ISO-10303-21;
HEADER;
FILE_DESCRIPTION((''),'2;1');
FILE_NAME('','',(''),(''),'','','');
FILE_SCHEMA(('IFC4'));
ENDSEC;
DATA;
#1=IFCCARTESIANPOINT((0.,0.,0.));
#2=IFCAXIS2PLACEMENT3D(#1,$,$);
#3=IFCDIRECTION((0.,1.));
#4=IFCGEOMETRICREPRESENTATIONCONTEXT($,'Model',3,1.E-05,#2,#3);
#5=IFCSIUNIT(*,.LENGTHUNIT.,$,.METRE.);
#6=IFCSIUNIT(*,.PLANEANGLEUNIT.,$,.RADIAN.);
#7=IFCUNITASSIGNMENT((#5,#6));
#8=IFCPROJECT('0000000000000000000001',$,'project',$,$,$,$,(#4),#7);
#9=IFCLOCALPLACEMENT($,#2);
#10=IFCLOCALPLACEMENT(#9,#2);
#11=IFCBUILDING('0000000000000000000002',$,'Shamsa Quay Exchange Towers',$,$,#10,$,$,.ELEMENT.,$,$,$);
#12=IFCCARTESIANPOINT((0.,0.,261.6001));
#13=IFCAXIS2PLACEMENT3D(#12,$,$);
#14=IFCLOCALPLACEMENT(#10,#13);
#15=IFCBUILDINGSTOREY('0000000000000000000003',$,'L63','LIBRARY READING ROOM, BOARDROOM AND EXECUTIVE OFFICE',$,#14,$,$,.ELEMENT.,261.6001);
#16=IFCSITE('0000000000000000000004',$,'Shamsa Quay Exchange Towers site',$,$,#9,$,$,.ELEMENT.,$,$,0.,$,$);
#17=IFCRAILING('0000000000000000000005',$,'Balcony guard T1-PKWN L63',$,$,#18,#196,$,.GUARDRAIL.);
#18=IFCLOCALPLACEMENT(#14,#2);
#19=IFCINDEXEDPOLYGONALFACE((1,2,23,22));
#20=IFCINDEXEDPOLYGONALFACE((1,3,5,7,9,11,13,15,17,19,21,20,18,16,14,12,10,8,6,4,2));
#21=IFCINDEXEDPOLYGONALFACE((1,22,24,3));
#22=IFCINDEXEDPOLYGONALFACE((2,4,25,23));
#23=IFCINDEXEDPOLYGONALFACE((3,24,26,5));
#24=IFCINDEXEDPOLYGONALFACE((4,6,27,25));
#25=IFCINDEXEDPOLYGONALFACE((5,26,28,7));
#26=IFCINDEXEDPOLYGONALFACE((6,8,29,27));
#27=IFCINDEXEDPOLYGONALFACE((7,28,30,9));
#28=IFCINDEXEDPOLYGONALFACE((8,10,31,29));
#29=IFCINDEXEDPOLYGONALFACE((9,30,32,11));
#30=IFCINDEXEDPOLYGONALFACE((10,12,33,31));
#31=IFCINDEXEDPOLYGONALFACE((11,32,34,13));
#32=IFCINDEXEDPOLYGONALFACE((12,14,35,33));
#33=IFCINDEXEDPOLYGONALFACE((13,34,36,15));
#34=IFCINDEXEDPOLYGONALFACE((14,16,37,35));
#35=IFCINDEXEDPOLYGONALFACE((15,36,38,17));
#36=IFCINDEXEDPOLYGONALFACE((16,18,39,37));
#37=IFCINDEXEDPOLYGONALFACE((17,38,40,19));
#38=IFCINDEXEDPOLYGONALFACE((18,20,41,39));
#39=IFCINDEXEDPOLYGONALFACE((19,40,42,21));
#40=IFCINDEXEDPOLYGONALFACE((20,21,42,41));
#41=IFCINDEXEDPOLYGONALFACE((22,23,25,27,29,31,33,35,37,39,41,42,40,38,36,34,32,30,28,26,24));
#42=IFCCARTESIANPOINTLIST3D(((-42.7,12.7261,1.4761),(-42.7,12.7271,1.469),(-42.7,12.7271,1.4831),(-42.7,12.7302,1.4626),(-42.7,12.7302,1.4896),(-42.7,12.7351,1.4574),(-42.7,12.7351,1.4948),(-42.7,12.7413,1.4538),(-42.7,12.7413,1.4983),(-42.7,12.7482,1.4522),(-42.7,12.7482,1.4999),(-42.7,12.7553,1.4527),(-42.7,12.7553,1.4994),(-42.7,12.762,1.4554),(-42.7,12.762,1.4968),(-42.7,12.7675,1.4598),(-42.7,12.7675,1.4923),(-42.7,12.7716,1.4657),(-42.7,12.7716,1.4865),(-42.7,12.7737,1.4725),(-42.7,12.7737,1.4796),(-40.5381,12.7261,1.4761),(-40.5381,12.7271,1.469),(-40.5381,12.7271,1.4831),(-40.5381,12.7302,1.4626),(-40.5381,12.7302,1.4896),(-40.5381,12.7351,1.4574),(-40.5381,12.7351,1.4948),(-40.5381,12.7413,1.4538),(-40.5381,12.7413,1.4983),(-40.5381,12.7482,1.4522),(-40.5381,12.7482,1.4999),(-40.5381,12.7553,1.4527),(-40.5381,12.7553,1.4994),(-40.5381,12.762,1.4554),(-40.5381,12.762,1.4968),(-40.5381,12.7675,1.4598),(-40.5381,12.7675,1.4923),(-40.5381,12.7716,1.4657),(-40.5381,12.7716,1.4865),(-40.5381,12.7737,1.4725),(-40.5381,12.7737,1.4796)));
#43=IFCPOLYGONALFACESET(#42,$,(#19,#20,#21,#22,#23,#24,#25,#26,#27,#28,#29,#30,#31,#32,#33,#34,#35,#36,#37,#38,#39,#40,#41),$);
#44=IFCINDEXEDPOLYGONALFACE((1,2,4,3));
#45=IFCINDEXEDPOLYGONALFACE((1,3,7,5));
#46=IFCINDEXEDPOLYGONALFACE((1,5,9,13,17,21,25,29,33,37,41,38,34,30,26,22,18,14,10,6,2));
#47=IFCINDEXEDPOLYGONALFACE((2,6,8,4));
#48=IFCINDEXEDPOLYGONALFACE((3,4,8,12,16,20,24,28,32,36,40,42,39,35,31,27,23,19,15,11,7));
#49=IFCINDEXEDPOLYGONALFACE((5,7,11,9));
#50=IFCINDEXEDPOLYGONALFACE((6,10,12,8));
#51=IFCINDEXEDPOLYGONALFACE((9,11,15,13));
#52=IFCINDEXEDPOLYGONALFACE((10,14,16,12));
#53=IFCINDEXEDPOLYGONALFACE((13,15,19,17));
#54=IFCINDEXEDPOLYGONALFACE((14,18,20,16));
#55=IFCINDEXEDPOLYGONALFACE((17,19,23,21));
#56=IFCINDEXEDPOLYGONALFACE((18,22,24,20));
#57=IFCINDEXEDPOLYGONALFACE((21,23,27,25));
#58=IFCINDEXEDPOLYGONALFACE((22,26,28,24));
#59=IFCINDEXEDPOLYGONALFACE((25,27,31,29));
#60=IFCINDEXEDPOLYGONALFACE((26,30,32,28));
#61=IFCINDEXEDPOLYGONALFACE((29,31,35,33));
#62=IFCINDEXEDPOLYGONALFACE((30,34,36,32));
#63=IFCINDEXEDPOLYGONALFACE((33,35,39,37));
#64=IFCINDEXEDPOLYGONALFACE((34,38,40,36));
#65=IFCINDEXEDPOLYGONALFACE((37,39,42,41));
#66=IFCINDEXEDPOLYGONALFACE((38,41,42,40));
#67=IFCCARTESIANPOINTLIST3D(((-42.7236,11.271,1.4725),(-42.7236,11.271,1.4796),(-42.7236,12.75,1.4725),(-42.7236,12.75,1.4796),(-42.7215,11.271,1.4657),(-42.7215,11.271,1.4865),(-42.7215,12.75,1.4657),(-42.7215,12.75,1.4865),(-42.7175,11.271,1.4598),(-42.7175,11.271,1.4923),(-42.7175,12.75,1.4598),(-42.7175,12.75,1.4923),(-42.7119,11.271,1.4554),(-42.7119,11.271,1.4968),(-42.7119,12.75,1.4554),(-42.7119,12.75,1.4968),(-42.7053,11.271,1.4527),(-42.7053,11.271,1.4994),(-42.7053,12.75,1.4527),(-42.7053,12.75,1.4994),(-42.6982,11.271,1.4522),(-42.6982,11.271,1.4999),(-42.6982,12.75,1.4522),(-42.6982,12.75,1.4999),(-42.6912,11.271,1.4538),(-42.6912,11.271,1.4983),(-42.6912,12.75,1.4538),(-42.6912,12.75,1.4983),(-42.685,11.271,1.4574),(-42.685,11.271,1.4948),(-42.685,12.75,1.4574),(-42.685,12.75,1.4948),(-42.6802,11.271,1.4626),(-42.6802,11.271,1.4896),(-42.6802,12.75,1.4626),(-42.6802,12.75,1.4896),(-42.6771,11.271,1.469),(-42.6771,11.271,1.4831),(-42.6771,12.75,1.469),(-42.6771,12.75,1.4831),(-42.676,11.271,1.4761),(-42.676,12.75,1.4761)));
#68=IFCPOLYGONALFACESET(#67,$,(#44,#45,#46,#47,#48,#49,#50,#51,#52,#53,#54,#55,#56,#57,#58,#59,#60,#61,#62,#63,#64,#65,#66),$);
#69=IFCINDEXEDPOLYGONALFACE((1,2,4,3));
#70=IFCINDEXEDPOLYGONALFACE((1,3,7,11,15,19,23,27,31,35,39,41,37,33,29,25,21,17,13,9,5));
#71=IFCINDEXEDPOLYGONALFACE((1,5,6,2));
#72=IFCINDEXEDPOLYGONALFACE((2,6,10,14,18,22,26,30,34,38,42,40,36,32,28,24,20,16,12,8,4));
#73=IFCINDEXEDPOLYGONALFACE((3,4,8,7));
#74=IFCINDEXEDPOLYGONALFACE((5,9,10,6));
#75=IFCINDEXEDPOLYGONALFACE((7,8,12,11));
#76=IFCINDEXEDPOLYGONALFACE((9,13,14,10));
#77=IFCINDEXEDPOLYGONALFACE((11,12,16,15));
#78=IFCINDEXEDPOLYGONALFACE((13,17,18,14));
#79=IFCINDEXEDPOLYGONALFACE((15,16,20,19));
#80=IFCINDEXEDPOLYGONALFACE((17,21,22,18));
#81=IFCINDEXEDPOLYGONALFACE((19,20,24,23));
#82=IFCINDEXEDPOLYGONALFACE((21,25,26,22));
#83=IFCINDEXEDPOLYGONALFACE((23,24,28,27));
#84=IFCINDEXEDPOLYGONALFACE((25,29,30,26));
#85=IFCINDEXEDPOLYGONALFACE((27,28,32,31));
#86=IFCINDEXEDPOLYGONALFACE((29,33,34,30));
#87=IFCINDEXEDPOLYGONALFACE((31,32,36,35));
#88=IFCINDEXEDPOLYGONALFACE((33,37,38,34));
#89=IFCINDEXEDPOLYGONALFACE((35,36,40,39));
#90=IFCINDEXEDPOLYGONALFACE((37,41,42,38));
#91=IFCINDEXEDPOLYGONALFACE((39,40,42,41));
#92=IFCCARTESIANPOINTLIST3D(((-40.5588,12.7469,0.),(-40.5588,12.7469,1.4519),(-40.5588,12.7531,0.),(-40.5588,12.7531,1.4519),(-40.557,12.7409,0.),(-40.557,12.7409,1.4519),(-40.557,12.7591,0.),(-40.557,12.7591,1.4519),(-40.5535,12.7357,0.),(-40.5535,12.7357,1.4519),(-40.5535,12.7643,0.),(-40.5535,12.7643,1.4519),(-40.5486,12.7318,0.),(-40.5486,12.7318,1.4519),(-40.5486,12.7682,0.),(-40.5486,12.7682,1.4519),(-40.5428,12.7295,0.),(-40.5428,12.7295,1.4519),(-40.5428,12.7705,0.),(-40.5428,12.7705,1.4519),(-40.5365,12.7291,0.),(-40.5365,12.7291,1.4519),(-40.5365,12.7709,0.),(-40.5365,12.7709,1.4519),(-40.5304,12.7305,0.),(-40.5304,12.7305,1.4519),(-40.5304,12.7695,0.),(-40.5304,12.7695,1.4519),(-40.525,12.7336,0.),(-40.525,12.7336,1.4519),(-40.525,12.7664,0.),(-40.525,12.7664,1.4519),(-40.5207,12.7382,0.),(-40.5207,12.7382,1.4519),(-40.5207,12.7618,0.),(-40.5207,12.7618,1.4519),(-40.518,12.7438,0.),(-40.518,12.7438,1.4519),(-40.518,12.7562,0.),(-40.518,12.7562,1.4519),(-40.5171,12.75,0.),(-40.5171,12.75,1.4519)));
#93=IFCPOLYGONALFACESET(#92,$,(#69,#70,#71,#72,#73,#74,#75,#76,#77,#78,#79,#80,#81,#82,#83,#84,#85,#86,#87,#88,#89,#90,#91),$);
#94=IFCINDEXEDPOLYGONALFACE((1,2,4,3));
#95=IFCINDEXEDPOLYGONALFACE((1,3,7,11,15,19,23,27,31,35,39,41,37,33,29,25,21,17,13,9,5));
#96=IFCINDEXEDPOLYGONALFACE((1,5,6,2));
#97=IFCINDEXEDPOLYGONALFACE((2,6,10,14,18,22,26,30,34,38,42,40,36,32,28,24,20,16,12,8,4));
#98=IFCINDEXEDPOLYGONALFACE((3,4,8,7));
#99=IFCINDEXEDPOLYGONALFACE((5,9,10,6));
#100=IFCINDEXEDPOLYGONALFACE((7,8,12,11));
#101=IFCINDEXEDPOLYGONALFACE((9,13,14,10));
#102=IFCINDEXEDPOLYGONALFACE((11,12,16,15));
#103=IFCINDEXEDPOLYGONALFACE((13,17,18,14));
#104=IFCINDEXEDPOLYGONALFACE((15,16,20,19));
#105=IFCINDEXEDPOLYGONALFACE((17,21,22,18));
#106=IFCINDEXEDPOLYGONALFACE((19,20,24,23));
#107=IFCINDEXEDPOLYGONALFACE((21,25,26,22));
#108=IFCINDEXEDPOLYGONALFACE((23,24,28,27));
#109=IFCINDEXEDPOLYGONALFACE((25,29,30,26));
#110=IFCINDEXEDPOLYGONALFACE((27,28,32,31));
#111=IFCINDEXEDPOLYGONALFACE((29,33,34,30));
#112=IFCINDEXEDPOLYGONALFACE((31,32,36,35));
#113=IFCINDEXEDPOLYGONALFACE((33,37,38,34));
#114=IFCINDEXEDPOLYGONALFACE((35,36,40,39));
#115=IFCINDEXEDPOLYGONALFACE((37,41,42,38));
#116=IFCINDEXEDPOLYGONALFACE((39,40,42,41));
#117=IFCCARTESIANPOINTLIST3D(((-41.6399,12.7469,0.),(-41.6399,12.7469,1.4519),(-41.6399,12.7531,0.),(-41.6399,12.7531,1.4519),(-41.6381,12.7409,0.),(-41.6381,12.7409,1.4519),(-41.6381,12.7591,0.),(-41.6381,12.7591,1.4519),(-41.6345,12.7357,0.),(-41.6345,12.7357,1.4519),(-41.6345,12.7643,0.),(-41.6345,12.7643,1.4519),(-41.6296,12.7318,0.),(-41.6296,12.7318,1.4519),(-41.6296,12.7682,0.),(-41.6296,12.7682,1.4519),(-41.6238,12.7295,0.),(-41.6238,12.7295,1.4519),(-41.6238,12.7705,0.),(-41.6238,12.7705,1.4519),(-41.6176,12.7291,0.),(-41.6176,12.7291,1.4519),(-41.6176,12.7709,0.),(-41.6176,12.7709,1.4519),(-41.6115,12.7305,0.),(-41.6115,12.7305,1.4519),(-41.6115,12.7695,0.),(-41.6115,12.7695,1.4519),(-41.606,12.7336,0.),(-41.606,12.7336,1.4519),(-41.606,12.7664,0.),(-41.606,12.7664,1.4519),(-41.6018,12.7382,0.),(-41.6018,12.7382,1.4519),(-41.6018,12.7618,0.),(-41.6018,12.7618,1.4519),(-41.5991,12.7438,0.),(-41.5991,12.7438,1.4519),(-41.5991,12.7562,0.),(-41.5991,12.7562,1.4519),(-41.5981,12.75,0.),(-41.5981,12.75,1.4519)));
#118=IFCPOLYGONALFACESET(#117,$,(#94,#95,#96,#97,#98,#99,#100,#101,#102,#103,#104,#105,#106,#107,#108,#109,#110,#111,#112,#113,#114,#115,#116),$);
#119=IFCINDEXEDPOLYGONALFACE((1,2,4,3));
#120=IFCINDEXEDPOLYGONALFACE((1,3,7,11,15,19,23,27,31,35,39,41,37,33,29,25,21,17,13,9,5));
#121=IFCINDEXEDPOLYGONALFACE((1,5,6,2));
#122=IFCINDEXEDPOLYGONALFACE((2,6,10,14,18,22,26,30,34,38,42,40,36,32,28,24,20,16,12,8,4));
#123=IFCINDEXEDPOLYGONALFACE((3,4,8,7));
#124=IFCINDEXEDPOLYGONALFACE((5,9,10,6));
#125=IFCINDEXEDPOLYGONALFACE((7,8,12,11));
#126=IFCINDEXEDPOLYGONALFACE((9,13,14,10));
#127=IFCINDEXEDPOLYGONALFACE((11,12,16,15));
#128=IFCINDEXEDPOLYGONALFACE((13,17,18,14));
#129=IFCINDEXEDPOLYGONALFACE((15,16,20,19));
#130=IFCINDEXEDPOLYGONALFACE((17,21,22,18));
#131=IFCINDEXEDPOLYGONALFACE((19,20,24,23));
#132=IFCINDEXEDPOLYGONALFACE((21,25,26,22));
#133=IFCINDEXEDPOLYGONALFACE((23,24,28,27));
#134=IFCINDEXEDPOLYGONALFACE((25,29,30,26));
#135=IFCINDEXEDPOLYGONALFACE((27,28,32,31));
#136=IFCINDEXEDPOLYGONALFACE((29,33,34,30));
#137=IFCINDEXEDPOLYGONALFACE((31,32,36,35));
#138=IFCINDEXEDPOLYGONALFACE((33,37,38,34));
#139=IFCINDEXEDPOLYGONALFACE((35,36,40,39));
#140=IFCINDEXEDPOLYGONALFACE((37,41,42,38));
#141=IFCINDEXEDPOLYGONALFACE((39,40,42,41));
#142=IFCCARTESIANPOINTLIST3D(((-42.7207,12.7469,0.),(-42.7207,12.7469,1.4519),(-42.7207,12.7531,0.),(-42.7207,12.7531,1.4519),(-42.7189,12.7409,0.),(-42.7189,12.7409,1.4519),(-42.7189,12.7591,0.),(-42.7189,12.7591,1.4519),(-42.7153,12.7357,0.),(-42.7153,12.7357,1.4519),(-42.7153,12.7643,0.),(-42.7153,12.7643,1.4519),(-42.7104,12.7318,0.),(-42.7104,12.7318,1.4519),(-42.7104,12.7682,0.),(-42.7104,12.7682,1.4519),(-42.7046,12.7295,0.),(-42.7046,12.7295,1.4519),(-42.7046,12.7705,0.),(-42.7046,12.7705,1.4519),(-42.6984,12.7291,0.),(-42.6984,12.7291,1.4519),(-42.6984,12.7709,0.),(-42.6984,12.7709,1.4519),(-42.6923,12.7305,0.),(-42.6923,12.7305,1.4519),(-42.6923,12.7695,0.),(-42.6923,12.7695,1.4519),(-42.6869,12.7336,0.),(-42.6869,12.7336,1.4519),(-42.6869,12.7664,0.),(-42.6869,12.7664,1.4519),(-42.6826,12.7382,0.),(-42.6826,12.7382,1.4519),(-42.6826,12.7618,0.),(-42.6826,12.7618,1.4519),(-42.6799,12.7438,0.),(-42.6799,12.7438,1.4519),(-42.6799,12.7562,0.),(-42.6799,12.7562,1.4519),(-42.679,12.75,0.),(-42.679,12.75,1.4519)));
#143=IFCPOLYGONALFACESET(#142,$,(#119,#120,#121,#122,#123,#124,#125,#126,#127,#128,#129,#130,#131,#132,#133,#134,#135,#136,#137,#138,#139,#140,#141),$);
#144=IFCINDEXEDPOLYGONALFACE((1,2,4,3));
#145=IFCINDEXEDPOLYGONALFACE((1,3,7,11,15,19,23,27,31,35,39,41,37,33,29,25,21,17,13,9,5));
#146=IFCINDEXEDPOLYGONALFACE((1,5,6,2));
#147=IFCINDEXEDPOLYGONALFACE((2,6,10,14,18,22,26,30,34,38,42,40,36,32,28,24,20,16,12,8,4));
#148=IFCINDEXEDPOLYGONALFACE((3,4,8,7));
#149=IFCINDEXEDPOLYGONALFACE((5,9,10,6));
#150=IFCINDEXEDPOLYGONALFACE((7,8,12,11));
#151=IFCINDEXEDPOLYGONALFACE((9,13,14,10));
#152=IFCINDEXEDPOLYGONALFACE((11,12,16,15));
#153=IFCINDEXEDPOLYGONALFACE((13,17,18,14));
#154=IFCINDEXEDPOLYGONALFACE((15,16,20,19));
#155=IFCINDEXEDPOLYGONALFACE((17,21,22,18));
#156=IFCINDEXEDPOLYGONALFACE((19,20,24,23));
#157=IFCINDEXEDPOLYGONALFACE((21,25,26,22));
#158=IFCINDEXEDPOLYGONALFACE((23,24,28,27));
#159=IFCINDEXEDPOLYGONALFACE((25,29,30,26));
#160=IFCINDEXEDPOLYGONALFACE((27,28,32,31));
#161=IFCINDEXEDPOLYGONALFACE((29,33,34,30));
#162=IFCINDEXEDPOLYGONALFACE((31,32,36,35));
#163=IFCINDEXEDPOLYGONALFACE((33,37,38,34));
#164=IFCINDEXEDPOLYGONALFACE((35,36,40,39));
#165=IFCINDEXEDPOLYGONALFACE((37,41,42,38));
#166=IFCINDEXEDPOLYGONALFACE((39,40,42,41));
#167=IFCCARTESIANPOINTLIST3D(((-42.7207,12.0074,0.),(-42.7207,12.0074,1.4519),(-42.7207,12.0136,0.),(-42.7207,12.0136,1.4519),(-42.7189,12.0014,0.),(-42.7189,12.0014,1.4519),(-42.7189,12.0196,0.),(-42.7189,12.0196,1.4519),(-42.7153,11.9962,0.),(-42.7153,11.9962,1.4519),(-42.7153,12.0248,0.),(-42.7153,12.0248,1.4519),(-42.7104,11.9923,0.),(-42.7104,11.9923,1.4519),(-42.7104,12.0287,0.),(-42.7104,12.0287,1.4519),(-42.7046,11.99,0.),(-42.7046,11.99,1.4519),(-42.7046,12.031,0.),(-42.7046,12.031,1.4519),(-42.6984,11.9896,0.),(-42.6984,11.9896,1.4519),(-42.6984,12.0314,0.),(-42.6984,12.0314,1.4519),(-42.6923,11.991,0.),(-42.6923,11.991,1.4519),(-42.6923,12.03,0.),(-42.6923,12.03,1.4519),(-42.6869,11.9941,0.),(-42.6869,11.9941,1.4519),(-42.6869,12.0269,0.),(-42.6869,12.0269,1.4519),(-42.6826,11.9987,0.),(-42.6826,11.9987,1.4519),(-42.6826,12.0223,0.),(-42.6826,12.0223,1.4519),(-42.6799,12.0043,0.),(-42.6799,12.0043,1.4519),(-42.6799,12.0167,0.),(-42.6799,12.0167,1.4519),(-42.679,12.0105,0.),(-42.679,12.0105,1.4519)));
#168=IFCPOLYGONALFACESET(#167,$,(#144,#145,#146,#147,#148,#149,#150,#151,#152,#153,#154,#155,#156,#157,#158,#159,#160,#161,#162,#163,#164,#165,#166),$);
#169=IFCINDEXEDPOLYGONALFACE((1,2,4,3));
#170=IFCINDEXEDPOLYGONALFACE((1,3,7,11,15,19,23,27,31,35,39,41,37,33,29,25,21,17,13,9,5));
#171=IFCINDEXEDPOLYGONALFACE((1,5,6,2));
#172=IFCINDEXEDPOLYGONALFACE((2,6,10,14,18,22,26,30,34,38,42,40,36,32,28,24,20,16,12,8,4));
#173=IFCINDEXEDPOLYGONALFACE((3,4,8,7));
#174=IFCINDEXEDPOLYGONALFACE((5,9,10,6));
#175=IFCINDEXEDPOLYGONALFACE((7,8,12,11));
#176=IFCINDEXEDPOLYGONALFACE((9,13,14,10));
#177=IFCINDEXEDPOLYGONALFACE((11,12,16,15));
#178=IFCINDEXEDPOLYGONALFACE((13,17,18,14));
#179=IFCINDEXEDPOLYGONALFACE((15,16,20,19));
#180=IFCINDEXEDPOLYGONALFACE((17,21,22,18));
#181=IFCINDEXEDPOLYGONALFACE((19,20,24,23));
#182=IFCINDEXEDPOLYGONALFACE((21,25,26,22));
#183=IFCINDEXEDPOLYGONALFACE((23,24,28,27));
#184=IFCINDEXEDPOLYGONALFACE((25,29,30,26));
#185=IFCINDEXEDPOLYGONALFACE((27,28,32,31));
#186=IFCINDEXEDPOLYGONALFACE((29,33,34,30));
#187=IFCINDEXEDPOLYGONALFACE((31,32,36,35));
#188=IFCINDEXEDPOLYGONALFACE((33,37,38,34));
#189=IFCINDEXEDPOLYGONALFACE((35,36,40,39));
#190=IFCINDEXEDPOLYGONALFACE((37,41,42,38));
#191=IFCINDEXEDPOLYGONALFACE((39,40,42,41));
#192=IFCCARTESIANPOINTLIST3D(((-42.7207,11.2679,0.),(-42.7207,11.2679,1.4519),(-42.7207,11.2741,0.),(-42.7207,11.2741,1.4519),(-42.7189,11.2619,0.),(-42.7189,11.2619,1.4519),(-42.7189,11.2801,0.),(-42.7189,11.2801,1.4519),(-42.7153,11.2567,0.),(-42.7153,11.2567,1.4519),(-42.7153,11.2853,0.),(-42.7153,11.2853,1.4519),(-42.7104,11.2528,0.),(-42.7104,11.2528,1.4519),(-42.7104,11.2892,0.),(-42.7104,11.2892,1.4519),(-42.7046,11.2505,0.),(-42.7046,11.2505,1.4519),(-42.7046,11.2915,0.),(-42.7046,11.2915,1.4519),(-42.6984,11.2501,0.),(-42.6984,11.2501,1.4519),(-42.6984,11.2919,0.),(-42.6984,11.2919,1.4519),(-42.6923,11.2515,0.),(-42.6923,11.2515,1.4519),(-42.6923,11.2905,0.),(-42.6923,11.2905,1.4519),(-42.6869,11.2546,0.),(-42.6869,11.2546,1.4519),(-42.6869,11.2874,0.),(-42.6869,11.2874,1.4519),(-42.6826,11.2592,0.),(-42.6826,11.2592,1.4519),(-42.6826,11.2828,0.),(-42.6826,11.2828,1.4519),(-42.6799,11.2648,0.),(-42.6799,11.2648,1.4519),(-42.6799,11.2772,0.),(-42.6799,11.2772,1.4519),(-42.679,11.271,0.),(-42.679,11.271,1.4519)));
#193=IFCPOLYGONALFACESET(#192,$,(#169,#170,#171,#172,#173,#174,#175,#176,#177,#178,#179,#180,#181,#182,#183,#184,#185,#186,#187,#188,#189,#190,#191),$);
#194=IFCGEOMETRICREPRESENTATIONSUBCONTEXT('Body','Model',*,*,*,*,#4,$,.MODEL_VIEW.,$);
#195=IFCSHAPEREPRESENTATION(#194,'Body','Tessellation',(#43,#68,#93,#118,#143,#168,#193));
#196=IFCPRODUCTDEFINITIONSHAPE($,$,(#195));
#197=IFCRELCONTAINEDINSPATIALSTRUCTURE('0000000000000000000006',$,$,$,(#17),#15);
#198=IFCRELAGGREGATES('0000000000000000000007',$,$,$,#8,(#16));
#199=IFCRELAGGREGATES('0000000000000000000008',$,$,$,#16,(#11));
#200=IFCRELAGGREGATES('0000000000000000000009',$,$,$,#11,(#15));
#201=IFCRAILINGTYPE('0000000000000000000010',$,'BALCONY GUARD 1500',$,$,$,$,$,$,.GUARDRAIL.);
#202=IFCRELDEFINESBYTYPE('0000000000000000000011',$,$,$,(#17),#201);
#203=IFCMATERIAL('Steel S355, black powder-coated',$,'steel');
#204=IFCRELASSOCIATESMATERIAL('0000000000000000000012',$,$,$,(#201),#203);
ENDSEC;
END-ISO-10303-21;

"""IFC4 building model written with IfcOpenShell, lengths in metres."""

from ifc_helpers import new_model, si_unit, direction, frame, origin, origin_2d, place, context, subcontext, project, spatial, circle, extrude, material, type_object, element, save


model = new_model("IFC4")

# Units and contexts
model_context = context("Model", 3, precision=1e-05, world=origin(), true_north=direction((0.0, 1.0)))
body_context = subcontext(model_context, "Body", "Model", "MODEL_VIEW")
ifc_project = project(units=[si_unit("LENGTHUNIT", "METRE"), si_unit("PLANEANGLEUNIT", "RADIAN")], contexts=[model_context])

# Site, building, storey
site_placement = place(None, origin())
site = spatial("IfcSite", under=ifc_project, at=site_placement, Name="Shamsa Quay Exchange Towers site", CompositionType="ELEMENT", RefElevation=0.0)
building_placement = place(site_placement, origin())
building = spatial("IfcBuilding", under=site, at=building_placement, Name="Shamsa Quay Exchange Towers", CompositionType="ELEMENT")
storey_placement = place(building_placement, frame((0.0, 0.0, 261.6001)))
storey = spatial("IfcBuildingStorey", under=building, at=storey_placement, Name="L63", Description="LIBRARY READING ROOM, BOARDROOM AND EXECUTIVE OFFICE", CompositionType="ELEMENT", Elevation=261.6001)

# Railing
ifc_material_1 = material(Name="Steel S355, black powder-coated", Category="steel")
railing_type_1 = type_object("IfcRailingType", Name="BALCONY GUARD 1500", PredefinedType="GUARDRAIL", material=ifc_material_1)
for number, where, name in (
    (1, (-40.5381, 12.75, 0.0), "Balcony guard T1-PKWN L63"),
):
    element("IfcRailing", number, at=place(storey_placement, frame(where)), inside=storey, type_object=railing_type_1, Name=name, PredefinedType="GUARDRAIL", context=body_context, shape_type="SweptSolid", body=[
        extrude(circle(Radius=0.0239, at=origin_2d()), frame((0.0, 0.0, 1.4761), z_axis=(-1.0, 0.0, 0.0), x_axis=(0.0, -1.0, 0.0)), (0.0, 0.0, 1.0), 2.1619),
        extrude(circle(Radius=0.0239, at=origin_2d()), frame((-2.1619, 0.0, 1.4761), z_axis=(0.0, -1.0, 0.0), x_axis=(1.0, 0.0, 0.0)), (0.0, 0.0, 1.0), 1.479),
        extrude(circle(Radius=0.021, at=origin_2d()), origin(), (0.0, 0.0, 1.0), 1.4519),
        extrude(circle(Radius=0.021, at=origin_2d()), frame((-1.0811, 0.0, 0.0)), (0.0, 0.0, 1.0), 1.4519),
        extrude(circle(Radius=0.021, at=origin_2d()), frame((-2.1619, 0.0, 0.0)), (0.0, 0.0, 1.0), 1.4519),
        extrude(circle(Radius=0.021, at=origin_2d()), frame((-2.1619, -0.7395, 0.0)), (0.0, 0.0, 1.0), 1.4519),
        extrude(circle(Radius=0.021, at=origin_2d()), frame((-2.1619, -1.479, 0.0)), (0.0, 0.0, 1.0), 1.4519),
    ])

save(model, "model.ifc")
